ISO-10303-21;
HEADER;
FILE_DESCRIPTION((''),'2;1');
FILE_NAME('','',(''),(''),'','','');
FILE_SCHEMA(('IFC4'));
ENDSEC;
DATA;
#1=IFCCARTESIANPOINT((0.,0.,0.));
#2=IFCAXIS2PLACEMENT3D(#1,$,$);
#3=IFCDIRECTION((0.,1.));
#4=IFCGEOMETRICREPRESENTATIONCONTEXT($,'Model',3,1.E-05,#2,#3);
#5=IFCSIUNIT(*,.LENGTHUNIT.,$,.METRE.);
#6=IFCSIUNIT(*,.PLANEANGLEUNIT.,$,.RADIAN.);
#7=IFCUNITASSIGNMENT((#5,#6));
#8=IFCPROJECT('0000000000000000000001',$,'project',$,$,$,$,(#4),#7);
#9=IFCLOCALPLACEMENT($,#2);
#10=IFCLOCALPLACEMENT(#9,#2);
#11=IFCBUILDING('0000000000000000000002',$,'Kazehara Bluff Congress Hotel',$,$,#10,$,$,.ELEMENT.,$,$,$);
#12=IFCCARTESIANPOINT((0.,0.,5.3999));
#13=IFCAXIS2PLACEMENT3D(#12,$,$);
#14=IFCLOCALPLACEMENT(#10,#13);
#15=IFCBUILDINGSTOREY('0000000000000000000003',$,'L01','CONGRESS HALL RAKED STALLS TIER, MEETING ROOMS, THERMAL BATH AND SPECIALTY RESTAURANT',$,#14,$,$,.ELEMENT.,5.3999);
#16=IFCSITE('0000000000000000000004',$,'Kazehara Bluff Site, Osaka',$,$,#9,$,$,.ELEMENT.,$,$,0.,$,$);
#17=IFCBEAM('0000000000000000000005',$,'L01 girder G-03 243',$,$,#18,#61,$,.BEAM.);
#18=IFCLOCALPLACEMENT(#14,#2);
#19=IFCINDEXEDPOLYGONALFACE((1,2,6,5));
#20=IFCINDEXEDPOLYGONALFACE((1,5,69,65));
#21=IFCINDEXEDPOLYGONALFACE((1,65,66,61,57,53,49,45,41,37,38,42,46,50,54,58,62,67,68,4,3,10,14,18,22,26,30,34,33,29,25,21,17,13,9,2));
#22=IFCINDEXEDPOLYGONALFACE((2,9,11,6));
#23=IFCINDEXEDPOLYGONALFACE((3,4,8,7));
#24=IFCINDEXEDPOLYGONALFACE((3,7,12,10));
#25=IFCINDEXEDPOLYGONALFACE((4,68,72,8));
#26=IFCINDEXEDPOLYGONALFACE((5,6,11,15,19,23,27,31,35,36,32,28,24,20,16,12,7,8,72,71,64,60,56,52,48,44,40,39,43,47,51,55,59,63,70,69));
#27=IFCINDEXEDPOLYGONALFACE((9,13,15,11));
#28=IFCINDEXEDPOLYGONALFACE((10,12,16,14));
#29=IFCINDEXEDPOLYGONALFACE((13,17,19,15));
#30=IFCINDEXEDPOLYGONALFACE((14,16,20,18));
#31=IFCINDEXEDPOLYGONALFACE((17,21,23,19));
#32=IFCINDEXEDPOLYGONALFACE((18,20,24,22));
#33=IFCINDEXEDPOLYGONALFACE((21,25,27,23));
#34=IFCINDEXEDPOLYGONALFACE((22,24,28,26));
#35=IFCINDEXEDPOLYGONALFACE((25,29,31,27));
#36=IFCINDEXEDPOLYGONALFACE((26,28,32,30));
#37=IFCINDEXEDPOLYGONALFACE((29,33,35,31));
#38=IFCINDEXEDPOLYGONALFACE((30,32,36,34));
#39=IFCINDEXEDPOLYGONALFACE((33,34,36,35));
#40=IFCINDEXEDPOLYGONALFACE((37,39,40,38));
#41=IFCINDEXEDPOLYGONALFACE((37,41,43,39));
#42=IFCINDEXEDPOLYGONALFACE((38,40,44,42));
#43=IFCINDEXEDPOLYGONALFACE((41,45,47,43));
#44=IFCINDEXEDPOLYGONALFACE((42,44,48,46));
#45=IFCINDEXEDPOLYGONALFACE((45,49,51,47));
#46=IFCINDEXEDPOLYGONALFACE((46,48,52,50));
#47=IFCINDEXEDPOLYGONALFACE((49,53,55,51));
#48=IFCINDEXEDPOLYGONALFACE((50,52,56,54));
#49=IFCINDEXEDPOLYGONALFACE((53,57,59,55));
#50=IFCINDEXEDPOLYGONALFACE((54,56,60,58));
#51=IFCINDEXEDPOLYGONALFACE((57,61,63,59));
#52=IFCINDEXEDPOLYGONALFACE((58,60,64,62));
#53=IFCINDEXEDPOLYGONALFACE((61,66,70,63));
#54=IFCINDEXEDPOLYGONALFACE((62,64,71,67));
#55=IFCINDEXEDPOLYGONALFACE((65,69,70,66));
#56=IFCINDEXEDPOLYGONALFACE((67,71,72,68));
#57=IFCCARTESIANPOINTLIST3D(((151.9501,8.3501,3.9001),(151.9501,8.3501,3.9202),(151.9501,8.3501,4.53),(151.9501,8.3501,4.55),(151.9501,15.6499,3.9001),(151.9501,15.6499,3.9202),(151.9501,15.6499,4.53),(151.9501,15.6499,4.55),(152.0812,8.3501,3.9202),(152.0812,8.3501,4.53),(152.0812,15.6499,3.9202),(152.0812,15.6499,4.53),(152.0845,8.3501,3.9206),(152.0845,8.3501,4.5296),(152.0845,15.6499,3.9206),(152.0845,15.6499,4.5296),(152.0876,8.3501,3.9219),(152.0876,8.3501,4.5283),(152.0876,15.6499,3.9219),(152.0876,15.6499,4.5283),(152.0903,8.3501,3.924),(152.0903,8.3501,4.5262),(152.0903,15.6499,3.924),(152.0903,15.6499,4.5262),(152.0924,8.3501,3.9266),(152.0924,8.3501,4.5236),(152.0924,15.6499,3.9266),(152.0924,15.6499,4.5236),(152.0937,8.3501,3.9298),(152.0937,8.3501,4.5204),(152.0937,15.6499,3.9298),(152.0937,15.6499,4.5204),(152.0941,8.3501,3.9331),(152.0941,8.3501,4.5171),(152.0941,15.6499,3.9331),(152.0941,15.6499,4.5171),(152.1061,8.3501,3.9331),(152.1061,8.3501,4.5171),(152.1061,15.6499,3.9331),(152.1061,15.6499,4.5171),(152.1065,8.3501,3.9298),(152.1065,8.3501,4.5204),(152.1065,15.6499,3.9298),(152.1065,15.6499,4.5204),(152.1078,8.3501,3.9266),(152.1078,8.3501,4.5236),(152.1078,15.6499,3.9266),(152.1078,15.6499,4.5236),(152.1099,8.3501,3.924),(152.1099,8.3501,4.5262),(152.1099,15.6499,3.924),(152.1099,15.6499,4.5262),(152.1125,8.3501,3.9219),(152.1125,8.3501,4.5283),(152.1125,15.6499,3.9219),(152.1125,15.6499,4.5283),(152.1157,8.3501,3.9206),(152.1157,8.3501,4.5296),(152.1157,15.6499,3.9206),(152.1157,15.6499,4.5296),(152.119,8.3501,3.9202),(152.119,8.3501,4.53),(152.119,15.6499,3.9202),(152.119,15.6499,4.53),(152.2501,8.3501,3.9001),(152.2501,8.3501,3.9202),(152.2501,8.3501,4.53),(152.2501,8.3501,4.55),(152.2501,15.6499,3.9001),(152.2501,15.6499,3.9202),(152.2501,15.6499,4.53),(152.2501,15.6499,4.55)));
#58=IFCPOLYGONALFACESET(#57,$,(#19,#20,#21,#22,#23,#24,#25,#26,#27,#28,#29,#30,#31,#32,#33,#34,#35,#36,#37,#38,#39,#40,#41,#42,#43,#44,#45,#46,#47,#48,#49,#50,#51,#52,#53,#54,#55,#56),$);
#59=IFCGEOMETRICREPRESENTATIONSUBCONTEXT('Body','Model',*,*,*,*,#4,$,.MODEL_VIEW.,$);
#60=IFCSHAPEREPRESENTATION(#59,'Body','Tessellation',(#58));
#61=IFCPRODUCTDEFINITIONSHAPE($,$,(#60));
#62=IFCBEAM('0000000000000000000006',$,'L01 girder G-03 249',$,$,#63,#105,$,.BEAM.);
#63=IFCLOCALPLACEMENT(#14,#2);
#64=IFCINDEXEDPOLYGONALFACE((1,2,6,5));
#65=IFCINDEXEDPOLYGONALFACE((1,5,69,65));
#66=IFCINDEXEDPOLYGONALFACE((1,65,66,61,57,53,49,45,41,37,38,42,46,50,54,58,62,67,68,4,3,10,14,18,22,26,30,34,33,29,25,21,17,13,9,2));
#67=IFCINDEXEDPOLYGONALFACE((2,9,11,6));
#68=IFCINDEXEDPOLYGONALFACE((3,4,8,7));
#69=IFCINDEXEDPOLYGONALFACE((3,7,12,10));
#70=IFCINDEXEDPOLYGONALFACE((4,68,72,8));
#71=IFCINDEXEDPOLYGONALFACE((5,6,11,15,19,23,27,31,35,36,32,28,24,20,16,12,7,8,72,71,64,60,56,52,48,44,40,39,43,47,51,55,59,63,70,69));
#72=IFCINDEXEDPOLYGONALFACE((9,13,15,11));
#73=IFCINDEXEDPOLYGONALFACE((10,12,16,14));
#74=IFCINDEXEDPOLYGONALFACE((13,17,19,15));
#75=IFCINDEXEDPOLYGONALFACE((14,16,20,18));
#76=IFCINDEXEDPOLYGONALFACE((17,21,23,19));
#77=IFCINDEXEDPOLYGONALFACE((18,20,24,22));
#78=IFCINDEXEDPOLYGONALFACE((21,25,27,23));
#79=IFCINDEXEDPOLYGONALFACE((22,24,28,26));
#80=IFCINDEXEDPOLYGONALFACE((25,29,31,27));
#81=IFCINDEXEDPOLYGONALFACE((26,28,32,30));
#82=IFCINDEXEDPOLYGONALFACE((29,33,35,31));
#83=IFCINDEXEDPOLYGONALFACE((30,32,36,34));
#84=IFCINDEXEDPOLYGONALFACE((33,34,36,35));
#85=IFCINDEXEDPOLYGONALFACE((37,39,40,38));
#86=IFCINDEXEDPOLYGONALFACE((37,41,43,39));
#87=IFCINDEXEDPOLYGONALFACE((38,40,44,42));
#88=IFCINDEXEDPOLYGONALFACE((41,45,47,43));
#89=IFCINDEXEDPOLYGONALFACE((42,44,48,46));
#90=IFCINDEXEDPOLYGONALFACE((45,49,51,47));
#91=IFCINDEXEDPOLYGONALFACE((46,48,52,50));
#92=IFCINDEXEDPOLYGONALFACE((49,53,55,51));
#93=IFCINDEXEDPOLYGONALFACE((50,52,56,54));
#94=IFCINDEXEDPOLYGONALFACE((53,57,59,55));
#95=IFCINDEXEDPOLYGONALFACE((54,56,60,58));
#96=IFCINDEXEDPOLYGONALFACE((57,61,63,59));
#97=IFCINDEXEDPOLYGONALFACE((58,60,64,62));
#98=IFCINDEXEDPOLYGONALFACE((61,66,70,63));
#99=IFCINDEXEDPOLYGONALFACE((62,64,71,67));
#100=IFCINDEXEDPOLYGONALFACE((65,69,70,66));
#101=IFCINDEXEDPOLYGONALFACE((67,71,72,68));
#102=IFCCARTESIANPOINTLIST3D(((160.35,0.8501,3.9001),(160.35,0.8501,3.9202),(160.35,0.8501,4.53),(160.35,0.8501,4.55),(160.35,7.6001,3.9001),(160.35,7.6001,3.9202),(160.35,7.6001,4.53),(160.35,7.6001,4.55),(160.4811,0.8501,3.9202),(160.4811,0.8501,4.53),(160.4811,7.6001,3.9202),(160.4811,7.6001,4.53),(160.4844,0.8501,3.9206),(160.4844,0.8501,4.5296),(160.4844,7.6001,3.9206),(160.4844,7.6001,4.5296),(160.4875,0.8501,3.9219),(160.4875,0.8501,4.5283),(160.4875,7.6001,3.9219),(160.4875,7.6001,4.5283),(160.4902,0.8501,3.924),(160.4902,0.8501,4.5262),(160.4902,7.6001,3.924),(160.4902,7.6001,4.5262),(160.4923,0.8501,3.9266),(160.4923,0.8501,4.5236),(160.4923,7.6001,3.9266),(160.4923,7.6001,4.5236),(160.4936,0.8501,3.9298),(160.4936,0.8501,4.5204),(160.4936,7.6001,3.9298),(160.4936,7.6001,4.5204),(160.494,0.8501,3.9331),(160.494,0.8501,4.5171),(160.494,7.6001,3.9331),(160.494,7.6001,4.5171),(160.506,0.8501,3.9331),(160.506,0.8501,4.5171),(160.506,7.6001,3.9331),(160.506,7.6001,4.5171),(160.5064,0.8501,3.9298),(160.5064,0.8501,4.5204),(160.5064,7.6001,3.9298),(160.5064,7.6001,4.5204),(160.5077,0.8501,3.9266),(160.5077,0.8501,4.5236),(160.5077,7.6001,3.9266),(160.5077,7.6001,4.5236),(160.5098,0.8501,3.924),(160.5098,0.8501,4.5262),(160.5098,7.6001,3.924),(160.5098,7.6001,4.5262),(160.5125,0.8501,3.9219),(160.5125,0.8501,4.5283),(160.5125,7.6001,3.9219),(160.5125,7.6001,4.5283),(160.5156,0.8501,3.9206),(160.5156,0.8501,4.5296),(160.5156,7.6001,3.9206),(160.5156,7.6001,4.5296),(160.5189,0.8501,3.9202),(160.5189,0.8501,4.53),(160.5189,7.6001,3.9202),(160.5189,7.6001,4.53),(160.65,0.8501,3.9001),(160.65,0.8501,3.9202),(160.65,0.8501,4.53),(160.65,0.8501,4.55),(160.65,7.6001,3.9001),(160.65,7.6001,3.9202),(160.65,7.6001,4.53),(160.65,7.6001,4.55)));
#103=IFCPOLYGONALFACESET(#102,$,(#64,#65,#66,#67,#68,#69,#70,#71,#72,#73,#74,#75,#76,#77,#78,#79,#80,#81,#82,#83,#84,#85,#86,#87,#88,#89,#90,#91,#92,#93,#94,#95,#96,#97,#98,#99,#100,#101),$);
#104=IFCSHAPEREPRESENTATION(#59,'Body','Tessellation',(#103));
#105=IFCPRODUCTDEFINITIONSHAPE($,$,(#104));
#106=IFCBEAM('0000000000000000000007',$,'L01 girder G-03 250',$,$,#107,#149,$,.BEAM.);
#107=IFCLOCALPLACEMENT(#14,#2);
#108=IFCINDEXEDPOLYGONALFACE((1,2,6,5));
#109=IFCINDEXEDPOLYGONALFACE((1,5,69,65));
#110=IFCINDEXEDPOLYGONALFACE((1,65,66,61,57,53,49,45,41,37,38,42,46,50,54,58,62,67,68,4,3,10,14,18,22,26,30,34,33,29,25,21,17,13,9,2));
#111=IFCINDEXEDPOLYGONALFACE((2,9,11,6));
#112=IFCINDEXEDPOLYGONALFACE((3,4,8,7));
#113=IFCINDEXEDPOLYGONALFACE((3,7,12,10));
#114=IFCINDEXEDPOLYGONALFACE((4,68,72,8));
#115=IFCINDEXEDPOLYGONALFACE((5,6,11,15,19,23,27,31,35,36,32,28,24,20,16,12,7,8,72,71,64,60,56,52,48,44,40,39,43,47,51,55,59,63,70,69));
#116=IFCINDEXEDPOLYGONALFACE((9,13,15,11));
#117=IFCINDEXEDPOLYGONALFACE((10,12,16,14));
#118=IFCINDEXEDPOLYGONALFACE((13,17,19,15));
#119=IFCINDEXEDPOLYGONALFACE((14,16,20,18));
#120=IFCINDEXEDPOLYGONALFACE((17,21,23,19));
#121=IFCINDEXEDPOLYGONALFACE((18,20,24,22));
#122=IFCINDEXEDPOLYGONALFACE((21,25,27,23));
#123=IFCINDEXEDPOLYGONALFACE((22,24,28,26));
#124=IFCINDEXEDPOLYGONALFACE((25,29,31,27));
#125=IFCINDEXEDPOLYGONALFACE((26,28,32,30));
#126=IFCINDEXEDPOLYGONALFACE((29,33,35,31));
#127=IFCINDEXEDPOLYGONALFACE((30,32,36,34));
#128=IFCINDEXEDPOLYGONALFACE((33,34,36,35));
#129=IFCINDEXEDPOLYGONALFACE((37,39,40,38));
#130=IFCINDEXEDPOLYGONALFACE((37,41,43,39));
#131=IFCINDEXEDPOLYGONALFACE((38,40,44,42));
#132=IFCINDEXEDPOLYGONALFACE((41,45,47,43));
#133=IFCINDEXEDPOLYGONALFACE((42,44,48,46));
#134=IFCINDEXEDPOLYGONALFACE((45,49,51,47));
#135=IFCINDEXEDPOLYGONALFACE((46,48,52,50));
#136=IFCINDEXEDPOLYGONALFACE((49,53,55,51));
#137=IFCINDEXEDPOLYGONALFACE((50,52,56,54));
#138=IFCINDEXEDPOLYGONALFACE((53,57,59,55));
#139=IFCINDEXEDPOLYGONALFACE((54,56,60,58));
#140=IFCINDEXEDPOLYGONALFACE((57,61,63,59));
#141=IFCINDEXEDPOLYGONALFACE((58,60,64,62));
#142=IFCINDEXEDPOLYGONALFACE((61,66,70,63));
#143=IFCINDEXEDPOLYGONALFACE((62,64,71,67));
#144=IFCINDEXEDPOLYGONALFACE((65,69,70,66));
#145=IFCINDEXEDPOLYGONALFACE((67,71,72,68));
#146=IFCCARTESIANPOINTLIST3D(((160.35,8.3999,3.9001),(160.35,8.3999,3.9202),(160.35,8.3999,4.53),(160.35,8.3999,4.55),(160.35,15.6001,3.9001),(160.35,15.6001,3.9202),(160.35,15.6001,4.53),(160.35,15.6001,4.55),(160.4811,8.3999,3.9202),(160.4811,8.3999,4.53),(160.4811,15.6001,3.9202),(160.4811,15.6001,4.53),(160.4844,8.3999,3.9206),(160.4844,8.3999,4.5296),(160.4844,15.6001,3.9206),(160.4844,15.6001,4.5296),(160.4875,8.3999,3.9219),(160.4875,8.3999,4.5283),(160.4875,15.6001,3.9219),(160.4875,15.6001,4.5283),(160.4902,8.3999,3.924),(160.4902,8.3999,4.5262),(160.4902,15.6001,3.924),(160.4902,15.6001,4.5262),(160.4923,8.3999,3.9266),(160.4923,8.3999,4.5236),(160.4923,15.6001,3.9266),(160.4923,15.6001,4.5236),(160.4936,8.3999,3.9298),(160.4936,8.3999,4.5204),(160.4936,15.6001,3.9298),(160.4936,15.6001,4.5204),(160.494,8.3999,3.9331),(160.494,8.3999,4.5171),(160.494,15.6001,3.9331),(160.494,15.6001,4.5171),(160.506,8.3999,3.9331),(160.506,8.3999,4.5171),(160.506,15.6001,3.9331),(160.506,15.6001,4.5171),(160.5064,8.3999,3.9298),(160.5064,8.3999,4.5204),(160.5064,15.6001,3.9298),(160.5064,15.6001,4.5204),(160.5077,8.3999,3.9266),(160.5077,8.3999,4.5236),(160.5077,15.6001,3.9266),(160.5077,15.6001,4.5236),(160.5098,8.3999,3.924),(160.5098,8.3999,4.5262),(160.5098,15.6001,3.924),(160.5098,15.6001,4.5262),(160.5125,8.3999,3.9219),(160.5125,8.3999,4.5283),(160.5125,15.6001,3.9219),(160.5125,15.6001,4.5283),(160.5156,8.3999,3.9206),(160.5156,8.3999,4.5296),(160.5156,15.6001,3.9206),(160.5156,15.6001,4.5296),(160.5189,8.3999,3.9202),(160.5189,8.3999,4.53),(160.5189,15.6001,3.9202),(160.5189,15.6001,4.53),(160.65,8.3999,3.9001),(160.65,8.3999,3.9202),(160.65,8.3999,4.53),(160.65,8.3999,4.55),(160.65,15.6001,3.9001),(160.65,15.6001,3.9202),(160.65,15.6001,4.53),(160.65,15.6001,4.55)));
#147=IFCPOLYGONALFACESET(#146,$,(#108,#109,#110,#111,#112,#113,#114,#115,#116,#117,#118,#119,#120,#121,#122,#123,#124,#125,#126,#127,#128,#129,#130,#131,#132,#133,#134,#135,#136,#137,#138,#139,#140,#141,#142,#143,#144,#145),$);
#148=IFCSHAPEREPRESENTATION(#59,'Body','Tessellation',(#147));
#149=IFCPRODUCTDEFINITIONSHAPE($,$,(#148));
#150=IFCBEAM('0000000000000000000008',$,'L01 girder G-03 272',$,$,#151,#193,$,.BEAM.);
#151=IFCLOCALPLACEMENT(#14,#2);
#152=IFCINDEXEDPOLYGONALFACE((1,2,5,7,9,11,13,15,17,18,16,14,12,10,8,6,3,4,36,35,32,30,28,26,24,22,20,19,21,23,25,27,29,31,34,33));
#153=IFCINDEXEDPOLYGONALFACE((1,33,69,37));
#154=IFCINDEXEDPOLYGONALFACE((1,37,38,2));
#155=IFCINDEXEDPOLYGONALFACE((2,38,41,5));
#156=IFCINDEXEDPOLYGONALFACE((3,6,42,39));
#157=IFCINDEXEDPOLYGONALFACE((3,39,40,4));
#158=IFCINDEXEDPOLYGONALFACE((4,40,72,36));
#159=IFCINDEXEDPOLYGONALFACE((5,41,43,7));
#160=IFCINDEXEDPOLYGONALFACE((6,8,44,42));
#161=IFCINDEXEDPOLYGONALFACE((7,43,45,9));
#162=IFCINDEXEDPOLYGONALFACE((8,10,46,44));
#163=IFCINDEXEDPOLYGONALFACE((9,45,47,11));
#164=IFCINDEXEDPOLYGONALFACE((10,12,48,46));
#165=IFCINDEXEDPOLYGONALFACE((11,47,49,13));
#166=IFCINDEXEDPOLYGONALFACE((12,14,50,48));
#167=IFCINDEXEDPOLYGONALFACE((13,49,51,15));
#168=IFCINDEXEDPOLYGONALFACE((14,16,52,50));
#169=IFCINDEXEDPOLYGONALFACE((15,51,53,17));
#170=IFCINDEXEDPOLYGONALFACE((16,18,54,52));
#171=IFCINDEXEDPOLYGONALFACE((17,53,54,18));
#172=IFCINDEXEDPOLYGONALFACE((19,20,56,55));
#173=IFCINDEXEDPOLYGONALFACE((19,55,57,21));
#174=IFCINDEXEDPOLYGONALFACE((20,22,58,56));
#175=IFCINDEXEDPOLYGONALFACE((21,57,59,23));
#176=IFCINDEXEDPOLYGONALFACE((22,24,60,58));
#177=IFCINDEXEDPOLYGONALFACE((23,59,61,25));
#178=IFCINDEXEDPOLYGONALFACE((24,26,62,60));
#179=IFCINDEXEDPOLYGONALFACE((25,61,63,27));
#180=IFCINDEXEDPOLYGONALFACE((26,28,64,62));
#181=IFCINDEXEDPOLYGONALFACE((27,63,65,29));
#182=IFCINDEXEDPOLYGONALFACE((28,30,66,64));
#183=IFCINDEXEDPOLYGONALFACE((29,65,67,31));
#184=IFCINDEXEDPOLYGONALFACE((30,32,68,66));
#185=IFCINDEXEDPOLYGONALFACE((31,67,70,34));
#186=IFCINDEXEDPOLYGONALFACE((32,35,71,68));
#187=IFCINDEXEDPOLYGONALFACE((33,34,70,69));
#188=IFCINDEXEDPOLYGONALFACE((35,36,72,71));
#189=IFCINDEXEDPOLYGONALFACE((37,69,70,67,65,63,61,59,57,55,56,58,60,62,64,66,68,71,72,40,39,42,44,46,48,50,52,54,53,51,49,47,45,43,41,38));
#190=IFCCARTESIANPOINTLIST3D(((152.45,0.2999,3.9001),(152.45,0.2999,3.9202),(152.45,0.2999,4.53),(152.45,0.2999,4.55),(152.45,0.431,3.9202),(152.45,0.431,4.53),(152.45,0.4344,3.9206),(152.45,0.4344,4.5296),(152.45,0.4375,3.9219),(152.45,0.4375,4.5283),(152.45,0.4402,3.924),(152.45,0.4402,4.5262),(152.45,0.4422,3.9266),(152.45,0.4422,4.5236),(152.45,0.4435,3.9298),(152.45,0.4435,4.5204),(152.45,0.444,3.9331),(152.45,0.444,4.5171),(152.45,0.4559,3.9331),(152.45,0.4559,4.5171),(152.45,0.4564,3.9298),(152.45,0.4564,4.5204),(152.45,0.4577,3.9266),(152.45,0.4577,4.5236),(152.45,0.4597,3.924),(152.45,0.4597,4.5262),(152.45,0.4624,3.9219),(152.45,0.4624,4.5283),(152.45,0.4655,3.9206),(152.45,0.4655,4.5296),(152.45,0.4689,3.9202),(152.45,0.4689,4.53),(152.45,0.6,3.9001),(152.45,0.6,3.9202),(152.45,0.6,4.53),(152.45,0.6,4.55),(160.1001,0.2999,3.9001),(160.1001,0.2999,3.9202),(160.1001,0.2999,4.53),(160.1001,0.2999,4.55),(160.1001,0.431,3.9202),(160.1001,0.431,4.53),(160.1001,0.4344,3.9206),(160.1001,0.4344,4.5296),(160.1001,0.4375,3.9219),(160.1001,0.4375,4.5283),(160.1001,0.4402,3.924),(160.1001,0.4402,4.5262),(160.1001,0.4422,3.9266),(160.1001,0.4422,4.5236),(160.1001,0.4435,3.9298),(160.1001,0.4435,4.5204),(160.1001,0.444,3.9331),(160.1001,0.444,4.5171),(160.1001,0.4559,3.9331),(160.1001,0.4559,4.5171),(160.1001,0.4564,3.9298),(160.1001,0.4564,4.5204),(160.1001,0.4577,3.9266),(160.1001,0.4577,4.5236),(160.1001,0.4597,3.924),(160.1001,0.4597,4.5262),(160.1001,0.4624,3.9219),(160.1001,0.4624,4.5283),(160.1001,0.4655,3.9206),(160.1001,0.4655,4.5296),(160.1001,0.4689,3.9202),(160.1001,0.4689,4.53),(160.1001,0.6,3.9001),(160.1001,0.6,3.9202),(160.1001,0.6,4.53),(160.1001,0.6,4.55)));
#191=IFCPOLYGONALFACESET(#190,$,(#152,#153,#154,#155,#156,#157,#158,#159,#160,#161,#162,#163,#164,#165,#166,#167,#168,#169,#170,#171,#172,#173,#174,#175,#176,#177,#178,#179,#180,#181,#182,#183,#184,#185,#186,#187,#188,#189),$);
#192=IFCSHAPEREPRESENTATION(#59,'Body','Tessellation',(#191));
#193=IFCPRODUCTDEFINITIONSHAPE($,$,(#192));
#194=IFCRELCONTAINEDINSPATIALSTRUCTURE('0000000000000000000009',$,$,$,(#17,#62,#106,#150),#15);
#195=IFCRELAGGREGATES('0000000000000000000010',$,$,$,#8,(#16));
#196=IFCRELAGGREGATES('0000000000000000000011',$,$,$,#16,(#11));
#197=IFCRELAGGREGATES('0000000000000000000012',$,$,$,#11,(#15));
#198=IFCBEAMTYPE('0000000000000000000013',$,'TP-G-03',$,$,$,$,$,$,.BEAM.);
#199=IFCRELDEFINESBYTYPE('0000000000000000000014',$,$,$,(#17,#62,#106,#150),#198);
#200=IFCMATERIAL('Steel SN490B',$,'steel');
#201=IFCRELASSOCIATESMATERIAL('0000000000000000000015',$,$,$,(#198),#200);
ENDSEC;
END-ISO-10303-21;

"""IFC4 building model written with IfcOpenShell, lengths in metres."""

from ifc_helpers import new_model, si_unit, direction, frame, origin, origin_2d, place, context, subcontext, project, spatial, i_section, extrude, material, material_profile, profile_set, type_object, element, save


model = new_model("IFC4")

# Units and contexts
model_context = context("Model", 3, precision=1e-05, world=origin(), true_north=direction((0.0, 1.0)))
body_context = subcontext(model_context, "Body", "Model", "MODEL_VIEW")
ifc_project = project(units=[si_unit("LENGTHUNIT", "METRE"), si_unit("PLANEANGLEUNIT", "RADIAN")], contexts=[model_context])

# Site, building, storey
site_placement = place(None, origin())
site = spatial("IfcSite", under=ifc_project, at=site_placement, Name="Kazehara Bluff Site, Osaka", CompositionType="ELEMENT", RefElevation=0.0)
building_placement = place(site_placement, origin())
building = spatial("IfcBuilding", under=site, at=building_placement, Name="Kazehara Bluff Congress Hotel", CompositionType="ELEMENT")
storey_placement = place(building_placement, frame((0.0, 0.0, 5.3999)))
storey = spatial("IfcBuildingStorey", under=building, at=storey_placement, Name="L01", Description="CONGRESS HALL RAKED STALLS TIER, MEETING ROOMS, THERMAL BATH AND SPECIALTY RESTAURANT", CompositionType="ELEMENT", Elevation=5.3999)

# Beams
ifc_material_1 = material(Name="Steel SN490B", Category="steel")
ifc_material_profile_1 = material_profile(ifc_material_1, i_section(OverallWidth=0.3, OverallDepth=0.6499, WebThickness=0.012, FlangeThickness=0.02, FilletRadius=0.0129, at=origin_2d()))
ifc_profile_set_1 = profile_set([ifc_material_profile_1], Name="Steel SN490B")
beam_type_1 = type_object("IfcBeamType", Name="TP-G-03", PredefinedType="BEAM", material=ifc_profile_set_1)
beam_1_placement = place(storey_placement, frame((152.1001, 8.3501, 4.2251), z_axis=(0.0, 1.0, 0.0), x_axis=(-1.0, 0.0, 0.0)))
element("IfcBeam", 1, at=beam_1_placement, inside=storey, type_object=beam_type_1, Name="L01 girder G-03 243", PredefinedType="BEAM", context=body_context, shape_type="SweptSolid", body=[
    extrude(i_section(OverallWidth=0.3, OverallDepth=0.6499, WebThickness=0.012, FlangeThickness=0.02, FilletRadius=0.0129, at=origin_2d()), origin(), (0.0, 0.0, 1.0), 7.2998),
])
beam_2_placement = place(storey_placement, frame((160.5, 0.8501, 4.2251), z_axis=(0.0, 1.0, 0.0), x_axis=(-1.0, 0.0, 0.0)))
element("IfcBeam", 2, at=beam_2_placement, inside=storey, type_object=beam_type_1, Name="L01 girder G-03 249", PredefinedType="BEAM", context=body_context, shape_type="SweptSolid", body=[
    extrude(i_section(OverallWidth=0.3, OverallDepth=0.6499, WebThickness=0.012, FlangeThickness=0.02, FilletRadius=0.0129, at=origin_2d()), origin(), (0.0, 0.0, 1.0), 6.75),
])
beam_3_placement = place(storey_placement, frame((160.5, 8.3999, 4.2251), z_axis=(0.0, 1.0, 0.0), x_axis=(-1.0, 0.0, 0.0)))
element("IfcBeam", 3, at=beam_3_placement, inside=storey, type_object=beam_type_1, Name="L01 girder G-03 250", PredefinedType="BEAM", context=body_context, shape_type="SweptSolid", body=[
    extrude(i_section(OverallWidth=0.3, OverallDepth=0.6499, WebThickness=0.012, FlangeThickness=0.02, FilletRadius=0.0129, at=origin_2d()), origin(), (0.0, 0.0, 1.0), 7.2002),
])
beam_4_placement = place(storey_placement, frame((152.45, 0.45, 4.2251), z_axis=(1.0, 0.0, 0.0), x_axis=(0.0, 1.0, 0.0)))
element("IfcBeam", 4, at=beam_4_placement, inside=storey, type_object=beam_type_1, Name="L01 girder G-03 272", PredefinedType="BEAM", context=body_context, shape_type="SweptSolid", body=[
    extrude(i_section(OverallWidth=0.3, OverallDepth=0.6499, WebThickness=0.012, FlangeThickness=0.02, FilletRadius=0.0129, at=origin_2d()), origin(), (0.0, 0.0, 1.0), 7.6501),
])

save(model, "model.ifc")
